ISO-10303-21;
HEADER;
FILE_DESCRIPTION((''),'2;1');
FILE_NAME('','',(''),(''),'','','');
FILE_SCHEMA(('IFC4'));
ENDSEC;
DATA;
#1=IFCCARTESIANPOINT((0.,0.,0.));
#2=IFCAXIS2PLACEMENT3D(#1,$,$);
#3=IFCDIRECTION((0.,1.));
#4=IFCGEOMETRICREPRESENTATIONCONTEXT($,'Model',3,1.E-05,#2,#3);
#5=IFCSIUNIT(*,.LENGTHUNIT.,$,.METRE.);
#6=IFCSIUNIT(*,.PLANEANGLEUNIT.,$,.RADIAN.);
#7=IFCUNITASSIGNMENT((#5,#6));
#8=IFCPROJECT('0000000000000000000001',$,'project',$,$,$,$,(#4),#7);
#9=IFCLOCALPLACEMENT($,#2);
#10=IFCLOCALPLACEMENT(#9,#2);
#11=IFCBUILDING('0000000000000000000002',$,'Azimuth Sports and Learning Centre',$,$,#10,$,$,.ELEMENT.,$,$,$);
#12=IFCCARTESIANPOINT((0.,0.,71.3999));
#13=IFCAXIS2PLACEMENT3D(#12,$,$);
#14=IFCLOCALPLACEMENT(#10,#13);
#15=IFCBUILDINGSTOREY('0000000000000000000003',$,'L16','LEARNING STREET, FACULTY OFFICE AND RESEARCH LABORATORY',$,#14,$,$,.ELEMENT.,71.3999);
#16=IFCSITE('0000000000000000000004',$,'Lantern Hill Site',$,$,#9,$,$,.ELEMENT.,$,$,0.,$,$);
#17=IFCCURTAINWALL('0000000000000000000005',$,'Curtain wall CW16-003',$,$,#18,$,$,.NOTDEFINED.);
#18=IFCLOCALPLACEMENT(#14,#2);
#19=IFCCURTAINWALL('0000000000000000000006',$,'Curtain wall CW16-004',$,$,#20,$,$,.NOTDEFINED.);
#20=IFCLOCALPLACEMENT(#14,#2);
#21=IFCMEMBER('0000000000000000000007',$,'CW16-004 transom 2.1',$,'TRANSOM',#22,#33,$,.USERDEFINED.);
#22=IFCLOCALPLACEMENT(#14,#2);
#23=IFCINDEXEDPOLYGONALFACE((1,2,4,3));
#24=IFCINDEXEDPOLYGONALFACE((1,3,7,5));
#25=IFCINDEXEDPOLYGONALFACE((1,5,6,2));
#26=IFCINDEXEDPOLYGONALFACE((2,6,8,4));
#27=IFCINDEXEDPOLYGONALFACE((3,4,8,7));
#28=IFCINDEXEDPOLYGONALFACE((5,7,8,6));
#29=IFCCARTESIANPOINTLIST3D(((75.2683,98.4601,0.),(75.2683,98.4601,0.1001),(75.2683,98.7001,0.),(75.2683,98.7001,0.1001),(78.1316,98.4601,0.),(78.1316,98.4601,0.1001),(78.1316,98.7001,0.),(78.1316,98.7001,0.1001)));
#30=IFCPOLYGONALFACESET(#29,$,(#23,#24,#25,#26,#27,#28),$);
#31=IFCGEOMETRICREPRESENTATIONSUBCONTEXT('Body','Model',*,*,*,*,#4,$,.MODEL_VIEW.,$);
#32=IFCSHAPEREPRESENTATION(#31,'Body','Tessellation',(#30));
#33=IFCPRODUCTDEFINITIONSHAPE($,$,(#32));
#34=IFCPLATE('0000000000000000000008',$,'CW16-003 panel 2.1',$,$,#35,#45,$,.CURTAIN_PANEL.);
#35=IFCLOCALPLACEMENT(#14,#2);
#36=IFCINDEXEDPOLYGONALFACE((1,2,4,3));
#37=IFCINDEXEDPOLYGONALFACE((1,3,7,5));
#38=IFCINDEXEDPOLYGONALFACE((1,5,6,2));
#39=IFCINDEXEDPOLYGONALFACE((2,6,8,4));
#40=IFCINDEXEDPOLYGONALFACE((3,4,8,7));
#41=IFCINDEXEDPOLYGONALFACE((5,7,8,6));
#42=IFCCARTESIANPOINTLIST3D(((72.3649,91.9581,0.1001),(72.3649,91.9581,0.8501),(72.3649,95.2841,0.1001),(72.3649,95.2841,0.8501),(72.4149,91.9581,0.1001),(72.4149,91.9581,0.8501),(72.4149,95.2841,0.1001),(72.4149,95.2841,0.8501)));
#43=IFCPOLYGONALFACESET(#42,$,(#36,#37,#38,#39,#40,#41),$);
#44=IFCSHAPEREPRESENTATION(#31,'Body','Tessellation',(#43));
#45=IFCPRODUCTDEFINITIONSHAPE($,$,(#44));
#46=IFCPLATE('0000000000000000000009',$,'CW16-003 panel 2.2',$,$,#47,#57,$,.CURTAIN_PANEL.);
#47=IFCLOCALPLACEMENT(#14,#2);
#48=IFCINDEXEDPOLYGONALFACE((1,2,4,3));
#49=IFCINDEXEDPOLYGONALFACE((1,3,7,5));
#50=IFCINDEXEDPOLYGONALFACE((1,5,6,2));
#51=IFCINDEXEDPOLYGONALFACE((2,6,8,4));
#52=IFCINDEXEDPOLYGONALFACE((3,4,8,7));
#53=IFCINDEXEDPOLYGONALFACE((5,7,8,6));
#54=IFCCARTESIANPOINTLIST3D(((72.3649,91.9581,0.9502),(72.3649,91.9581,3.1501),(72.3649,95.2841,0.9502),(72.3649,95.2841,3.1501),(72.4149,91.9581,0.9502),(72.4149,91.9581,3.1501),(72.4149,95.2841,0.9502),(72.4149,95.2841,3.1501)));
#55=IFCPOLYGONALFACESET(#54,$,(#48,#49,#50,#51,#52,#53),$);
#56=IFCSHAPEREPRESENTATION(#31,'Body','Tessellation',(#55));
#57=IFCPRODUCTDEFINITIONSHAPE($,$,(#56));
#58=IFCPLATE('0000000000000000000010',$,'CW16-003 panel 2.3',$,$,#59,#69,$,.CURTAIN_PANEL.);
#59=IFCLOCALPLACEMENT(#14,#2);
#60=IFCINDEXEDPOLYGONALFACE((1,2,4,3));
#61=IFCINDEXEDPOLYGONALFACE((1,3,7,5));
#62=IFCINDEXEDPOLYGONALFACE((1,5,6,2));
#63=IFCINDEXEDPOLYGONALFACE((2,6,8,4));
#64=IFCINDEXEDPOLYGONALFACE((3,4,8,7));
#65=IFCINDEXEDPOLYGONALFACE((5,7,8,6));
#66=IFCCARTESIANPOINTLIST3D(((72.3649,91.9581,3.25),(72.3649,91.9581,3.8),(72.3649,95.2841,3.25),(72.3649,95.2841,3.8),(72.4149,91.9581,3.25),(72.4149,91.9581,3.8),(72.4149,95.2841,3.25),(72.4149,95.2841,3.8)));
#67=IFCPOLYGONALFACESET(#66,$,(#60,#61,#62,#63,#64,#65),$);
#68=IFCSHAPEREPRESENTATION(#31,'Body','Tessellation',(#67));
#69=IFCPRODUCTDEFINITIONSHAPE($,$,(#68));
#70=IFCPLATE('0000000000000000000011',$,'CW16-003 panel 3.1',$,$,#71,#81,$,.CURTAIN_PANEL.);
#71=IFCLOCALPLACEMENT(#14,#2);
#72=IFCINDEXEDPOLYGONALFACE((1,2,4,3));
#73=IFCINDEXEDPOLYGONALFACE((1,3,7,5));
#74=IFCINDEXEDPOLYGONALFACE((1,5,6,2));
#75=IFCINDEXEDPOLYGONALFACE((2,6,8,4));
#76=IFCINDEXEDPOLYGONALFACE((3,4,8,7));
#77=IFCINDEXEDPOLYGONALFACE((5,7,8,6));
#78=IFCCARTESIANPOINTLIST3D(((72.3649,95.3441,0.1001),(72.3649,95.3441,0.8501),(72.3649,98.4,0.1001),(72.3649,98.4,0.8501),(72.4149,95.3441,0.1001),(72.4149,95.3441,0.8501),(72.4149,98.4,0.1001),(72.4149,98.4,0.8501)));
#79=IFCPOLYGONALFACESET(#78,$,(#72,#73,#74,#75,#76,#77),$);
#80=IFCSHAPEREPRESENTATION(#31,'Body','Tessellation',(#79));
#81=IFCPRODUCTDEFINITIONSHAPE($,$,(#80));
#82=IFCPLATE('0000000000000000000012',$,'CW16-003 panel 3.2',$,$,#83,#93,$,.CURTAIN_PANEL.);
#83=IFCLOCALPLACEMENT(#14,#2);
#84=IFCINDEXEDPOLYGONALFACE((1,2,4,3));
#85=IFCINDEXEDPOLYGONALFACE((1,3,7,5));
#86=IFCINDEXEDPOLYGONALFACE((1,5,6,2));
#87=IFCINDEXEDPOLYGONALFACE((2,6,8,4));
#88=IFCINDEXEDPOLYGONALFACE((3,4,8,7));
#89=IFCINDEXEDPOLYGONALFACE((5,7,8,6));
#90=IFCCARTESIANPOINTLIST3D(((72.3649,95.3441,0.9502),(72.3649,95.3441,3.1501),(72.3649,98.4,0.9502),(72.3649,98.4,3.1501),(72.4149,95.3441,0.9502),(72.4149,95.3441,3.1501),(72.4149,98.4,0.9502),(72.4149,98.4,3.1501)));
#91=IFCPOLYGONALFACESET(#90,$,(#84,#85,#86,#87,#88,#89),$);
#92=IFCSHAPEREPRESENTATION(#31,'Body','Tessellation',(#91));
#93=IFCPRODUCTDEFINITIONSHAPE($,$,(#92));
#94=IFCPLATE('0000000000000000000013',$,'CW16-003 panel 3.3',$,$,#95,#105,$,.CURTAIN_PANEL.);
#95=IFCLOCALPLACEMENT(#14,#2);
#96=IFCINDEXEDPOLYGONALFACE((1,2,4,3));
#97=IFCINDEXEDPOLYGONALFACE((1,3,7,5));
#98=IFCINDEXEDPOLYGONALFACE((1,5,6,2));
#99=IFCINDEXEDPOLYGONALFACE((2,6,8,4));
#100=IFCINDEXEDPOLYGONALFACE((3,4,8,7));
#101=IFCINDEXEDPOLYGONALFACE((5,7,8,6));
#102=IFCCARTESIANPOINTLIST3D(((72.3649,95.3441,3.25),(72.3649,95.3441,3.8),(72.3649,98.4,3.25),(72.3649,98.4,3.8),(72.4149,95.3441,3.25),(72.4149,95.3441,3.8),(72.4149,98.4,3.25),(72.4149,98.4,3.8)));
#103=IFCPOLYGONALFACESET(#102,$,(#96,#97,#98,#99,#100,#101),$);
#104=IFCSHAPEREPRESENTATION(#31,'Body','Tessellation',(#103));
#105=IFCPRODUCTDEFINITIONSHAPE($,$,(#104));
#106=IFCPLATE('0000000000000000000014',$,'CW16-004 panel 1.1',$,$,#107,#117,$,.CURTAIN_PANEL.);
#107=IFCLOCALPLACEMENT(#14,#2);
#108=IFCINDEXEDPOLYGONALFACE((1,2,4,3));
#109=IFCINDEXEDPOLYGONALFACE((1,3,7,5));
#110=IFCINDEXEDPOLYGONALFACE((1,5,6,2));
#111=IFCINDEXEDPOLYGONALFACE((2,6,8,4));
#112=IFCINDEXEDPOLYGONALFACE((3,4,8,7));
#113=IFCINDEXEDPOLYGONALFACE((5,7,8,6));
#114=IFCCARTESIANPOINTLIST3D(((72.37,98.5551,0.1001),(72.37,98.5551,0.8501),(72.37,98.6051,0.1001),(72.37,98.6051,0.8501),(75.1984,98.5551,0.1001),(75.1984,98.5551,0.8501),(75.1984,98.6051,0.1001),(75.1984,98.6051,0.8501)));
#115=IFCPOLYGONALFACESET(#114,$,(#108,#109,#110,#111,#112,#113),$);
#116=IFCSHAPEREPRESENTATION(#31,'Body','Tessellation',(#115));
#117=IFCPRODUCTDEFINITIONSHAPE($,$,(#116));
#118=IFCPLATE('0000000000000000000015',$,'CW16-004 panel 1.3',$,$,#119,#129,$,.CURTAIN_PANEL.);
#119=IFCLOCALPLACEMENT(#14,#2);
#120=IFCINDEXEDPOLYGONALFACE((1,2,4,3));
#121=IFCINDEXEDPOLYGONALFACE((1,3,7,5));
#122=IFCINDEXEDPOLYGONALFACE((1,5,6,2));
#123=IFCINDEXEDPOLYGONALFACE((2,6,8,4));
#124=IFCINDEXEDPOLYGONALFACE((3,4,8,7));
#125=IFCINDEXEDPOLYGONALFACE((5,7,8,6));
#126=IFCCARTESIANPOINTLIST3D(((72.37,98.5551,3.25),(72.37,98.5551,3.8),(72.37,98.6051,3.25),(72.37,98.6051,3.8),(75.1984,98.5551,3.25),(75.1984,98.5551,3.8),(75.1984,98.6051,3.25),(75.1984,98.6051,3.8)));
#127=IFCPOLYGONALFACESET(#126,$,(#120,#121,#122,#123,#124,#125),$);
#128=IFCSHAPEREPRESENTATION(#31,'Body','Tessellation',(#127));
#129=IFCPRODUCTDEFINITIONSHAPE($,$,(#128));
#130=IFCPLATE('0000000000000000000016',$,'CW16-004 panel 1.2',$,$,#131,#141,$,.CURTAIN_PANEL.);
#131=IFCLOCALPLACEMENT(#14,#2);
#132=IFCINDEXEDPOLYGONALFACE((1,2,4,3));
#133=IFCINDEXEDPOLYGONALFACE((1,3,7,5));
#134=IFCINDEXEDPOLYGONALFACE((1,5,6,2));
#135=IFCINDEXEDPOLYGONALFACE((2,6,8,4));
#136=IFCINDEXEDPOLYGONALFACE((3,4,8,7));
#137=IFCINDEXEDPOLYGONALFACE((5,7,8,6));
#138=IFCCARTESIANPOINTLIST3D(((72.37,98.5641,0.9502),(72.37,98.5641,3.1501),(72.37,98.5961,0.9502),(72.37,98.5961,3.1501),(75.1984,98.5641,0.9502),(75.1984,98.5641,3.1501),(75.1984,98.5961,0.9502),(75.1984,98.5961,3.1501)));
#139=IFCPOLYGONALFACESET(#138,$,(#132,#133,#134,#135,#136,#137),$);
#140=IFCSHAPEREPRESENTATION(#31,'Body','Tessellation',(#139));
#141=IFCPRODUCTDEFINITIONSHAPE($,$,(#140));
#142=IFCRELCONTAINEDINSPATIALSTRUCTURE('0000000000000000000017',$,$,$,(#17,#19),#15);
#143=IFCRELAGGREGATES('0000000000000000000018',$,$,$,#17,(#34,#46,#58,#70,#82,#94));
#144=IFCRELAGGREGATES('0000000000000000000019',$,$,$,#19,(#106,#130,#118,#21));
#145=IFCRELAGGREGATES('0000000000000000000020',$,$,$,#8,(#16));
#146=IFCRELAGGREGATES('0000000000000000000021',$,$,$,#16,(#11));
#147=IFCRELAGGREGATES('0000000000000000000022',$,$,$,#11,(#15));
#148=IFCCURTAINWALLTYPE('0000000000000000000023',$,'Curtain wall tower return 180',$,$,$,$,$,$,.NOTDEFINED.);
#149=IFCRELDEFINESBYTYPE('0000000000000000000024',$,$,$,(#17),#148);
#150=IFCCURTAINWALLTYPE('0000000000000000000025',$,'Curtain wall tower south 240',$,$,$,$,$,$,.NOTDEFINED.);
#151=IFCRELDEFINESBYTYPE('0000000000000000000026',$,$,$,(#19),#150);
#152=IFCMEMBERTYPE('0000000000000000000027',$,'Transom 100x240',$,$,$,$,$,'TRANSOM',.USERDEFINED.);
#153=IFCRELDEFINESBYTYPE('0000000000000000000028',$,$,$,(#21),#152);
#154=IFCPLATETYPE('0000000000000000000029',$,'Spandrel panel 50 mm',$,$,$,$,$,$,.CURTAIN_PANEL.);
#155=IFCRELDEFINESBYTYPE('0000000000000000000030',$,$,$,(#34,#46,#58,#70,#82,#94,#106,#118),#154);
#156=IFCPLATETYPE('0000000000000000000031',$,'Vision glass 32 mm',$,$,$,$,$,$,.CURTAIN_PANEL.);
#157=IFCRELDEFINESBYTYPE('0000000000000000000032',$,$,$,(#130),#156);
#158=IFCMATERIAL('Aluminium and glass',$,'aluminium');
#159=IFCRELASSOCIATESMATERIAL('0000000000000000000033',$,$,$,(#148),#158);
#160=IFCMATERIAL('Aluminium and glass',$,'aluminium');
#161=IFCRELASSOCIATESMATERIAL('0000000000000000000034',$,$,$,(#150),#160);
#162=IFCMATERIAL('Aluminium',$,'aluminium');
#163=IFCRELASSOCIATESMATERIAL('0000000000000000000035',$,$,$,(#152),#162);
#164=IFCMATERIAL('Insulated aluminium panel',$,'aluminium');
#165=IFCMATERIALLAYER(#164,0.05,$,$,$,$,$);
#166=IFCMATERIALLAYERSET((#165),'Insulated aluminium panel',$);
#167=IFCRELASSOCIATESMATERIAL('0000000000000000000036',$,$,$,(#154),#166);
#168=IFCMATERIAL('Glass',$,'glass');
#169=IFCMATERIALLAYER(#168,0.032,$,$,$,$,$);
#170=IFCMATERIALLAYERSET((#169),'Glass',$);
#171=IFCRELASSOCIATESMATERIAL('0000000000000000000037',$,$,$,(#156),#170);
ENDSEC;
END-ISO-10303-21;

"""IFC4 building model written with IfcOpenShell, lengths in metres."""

from ifc_helpers import new_model, si_unit, direction, frame, origin, origin_2d, place, context, subcontext, project, spatial, rectangle, extrude, material, layer, layer_set, material_profile, profile_set, type_object, element, aggregate, save


model = new_model("IFC4")

# Units and contexts
model_context = context("Model", 3, precision=1e-05, world=origin(), true_north=direction((0.0, 1.0)))
body_context = subcontext(model_context, "Body", "Model", "MODEL_VIEW")
ifc_project = project(units=[si_unit("LENGTHUNIT", "METRE"), si_unit("PLANEANGLEUNIT", "RADIAN")], contexts=[model_context])

# Site, building, storey
site_placement = place(None, origin())
site = spatial("IfcSite", under=ifc_project, at=site_placement, Name="Lantern Hill Site", CompositionType="ELEMENT", RefElevation=0.0)
building_placement = place(site_placement, origin())
building = spatial("IfcBuilding", under=site, at=building_placement, Name="Azimuth Sports and Learning Centre", CompositionType="ELEMENT")
storey_placement = place(building_placement, frame((0.0, 0.0, 71.3999)))
storey = spatial("IfcBuildingStorey", under=building, at=storey_placement, Name="L16", Description="LEARNING STREET, FACULTY OFFICE AND RESEARCH LABORATORY", CompositionType="ELEMENT", Elevation=71.3999)

# Curtain wall
ifc_material_1 = material(Name="Aluminium and glass", Category="aluminium")
curtain_wall_type_1 = type_object("IfcCurtainWallType", Name="Curtain wall tower return 180", PredefinedType="NOTDEFINED", material=ifc_material_1)
curtain_wall_1_placement = place(storey_placement, origin())
curtain_wall_1 = element("IfcCurtainWall", 1, at=curtain_wall_1_placement, inside=storey, type_object=curtain_wall_type_1, Name="Curtain wall CW16-003", PredefinedType="NOTDEFINED")

# Curtain wall
ifc_material_2 = material(Name="Aluminium and glass", Category="aluminium")
curtain_wall_type_2 = type_object("IfcCurtainWallType", Name="Curtain wall tower south 240", PredefinedType="NOTDEFINED", material=ifc_material_2)
curtain_wall_2_placement = place(storey_placement, origin())
curtain_wall_2 = element("IfcCurtainWall", 2, at=curtain_wall_2_placement, inside=storey, type_object=curtain_wall_type_2, Name="Curtain wall CW16-004", PredefinedType="NOTDEFINED")

# Member
ifc_material_3 = material(Name="Aluminium", Category="aluminium")
ifc_material_profile_1 = material_profile(ifc_material_3, rectangle(XDim=0.24, YDim=0.1001, at=origin_2d()), Name="Transom 100x240")
ifc_profile_set_1 = profile_set([ifc_material_profile_1], Name="Aluminium")
member_type_1 = type_object("IfcMemberType", Name="Transom 100x240", ElementType="TRANSOM", PredefinedType="USERDEFINED", material=ifc_profile_set_1)
member_1_placement = place(storey_placement, frame((75.2683, 98.5801, 0.05), z_axis=(1.0, 0.0, 0.0), x_axis=(0.0, 1.0, 0.0)))
member_1 = element("IfcMember", 3, at=member_1_placement, type_object=member_type_1, Name="CW16-004 transom 2.1", ObjectType="TRANSOM", PredefinedType="USERDEFINED", context=body_context, shape_type="SweptSolid", body=[
    extrude(rectangle(XDim=0.24, YDim=0.1001, at=origin_2d()), origin(), (0.0, 0.0, 1.0), 2.8633),
])

# Plates
ifc_material_4 = material(Name="Insulated aluminium panel", Category="aluminium")
ifc_layer_1 = layer(ifc_material_4, 0.05)
ifc_layer_set_1 = layer_set([ifc_layer_1], Name="Insulated aluminium panel")
plate_type_1 = type_object("IfcPlateType", Name="Spandrel panel 50 mm", PredefinedType="CURTAIN_PANEL", material=ifc_layer_set_1)
plate_1_placement = place(storey_placement, frame((72.3899, 93.6211, 0.1001), z_axis=(0.0, 0.0, 1.0), x_axis=(0.0, 1.0, 0.0)))
plate_1 = element("IfcPlate", 4, at=plate_1_placement, type_object=plate_type_1, Name="CW16-003 panel 2.1", PredefinedType="CURTAIN_PANEL", context=body_context, shape_type="SweptSolid", body=[
    extrude(rectangle(XDim=3.3259, YDim=0.05, at=origin_2d()), origin(), (0.0, 0.0, 1.0), 0.75),
])
plate_2_placement = place(storey_placement, frame((72.3899, 93.6211, 0.9502), z_axis=(0.0, 0.0, 1.0), x_axis=(0.0, 1.0, 0.0)))
plate_2 = element("IfcPlate", 5, at=plate_2_placement, type_object=plate_type_1, Name="CW16-003 panel 2.2", PredefinedType="CURTAIN_PANEL", context=body_context, shape_type="SweptSolid", body=[
    extrude(rectangle(XDim=3.3259, YDim=0.05, at=origin_2d()), origin(), (0.0, 0.0, 1.0), 2.2),
])
plate_3_placement = place(storey_placement, frame((72.3899, 93.6211, 3.25), z_axis=(0.0, 0.0, 1.0), x_axis=(0.0, 1.0, 0.0)))
plate_3 = element("IfcPlate", 6, at=plate_3_placement, type_object=plate_type_1, Name="CW16-003 panel 2.3", PredefinedType="CURTAIN_PANEL", context=body_context, shape_type="SweptSolid", body=[
    extrude(rectangle(XDim=3.3259, YDim=0.05, at=origin_2d()), origin(), (0.0, 0.0, 1.0), 0.55),
])
plate_4_placement = place(storey_placement, frame((72.3899, 96.8721, 0.1001), z_axis=(0.0, 0.0, 1.0), x_axis=(0.0, 1.0, 0.0)))
plate_4 = element("IfcPlate", 7, at=plate_4_placement, type_object=plate_type_1, Name="CW16-003 panel 3.1", PredefinedType="CURTAIN_PANEL", context=body_context, shape_type="SweptSolid", body=[
    extrude(rectangle(XDim=3.0559, YDim=0.05, at=origin_2d()), origin(), (0.0, 0.0, 1.0), 0.75),
])
plate_5_placement = place(storey_placement, frame((72.3899, 96.8721, 0.9502), z_axis=(0.0, 0.0, 1.0), x_axis=(0.0, 1.0, 0.0)))
plate_5 = element("IfcPlate", 8, at=plate_5_placement, type_object=plate_type_1, Name="CW16-003 panel 3.2", PredefinedType="CURTAIN_PANEL", context=body_context, shape_type="SweptSolid", body=[
    extrude(rectangle(XDim=3.0559, YDim=0.05, at=origin_2d()), origin(), (0.0, 0.0, 1.0), 2.2),
])
plate_6_placement = place(storey_placement, frame((72.3899, 96.8721, 3.25), z_axis=(0.0, 0.0, 1.0), x_axis=(0.0, 1.0, 0.0)))
plate_6 = element("IfcPlate", 9, at=plate_6_placement, type_object=plate_type_1, Name="CW16-003 panel 3.3", PredefinedType="CURTAIN_PANEL", context=body_context, shape_type="SweptSolid", body=[
    extrude(rectangle(XDim=3.0559, YDim=0.05, at=origin_2d()), origin(), (0.0, 0.0, 1.0), 0.55),
])
aggregate(curtain_wall_1, [plate_1, plate_2, plate_3, plate_4, plate_5, plate_6])
plate_7_placement = place(storey_placement, frame((73.7842, 98.5801, 0.1001), z_axis=(0.0, 0.0, 1.0), x_axis=(1.0, 0.0, 0.0)))
plate_7 = element("IfcPlate", 10, at=plate_7_placement, type_object=plate_type_1, Name="CW16-004 panel 1.1", PredefinedType="CURTAIN_PANEL", context=body_context, shape_type="SweptSolid", body=[
    extrude(rectangle(XDim=2.8284, YDim=0.05, at=origin_2d()), origin(), (0.0, 0.0, 1.0), 0.75),
])
plate_8_placement = place(storey_placement, frame((73.7842, 98.5801, 3.25), z_axis=(0.0, 0.0, 1.0), x_axis=(1.0, 0.0, 0.0)))
plate_8 = element("IfcPlate", 11, at=plate_8_placement, type_object=plate_type_1, Name="CW16-004 panel 1.3", PredefinedType="CURTAIN_PANEL", context=body_context, shape_type="SweptSolid", body=[
    extrude(rectangle(XDim=2.8284, YDim=0.05, at=origin_2d()), origin(), (0.0, 0.0, 1.0), 0.55),
])
ifc_material_5 = material(Name="Glass", Category="glass")
ifc_layer_2 = layer(ifc_material_5, 0.032)
ifc_layer_set_2 = layer_set([ifc_layer_2], Name="Glass")
plate_type_2 = type_object("IfcPlateType", Name="Vision glass 32 mm", PredefinedType="CURTAIN_PANEL", material=ifc_layer_set_2)
plate_9_placement = place(storey_placement, frame((73.7842, 98.5801, 0.9502), z_axis=(0.0, 0.0, 1.0), x_axis=(1.0, 0.0, 0.0)))
plate_9 = element("IfcPlate", 12, at=plate_9_placement, type_object=plate_type_2, Name="CW16-004 panel 1.2", PredefinedType="CURTAIN_PANEL", context=body_context, shape_type="SweptSolid", body=[
    extrude(rectangle(XDim=2.8284, YDim=0.032, at=origin_2d()), origin(), (0.0, 0.0, 1.0), 2.2),
])
aggregate(curtain_wall_2, [plate_7, plate_9, plate_8, member_1])

save(model, "model.ifc")
